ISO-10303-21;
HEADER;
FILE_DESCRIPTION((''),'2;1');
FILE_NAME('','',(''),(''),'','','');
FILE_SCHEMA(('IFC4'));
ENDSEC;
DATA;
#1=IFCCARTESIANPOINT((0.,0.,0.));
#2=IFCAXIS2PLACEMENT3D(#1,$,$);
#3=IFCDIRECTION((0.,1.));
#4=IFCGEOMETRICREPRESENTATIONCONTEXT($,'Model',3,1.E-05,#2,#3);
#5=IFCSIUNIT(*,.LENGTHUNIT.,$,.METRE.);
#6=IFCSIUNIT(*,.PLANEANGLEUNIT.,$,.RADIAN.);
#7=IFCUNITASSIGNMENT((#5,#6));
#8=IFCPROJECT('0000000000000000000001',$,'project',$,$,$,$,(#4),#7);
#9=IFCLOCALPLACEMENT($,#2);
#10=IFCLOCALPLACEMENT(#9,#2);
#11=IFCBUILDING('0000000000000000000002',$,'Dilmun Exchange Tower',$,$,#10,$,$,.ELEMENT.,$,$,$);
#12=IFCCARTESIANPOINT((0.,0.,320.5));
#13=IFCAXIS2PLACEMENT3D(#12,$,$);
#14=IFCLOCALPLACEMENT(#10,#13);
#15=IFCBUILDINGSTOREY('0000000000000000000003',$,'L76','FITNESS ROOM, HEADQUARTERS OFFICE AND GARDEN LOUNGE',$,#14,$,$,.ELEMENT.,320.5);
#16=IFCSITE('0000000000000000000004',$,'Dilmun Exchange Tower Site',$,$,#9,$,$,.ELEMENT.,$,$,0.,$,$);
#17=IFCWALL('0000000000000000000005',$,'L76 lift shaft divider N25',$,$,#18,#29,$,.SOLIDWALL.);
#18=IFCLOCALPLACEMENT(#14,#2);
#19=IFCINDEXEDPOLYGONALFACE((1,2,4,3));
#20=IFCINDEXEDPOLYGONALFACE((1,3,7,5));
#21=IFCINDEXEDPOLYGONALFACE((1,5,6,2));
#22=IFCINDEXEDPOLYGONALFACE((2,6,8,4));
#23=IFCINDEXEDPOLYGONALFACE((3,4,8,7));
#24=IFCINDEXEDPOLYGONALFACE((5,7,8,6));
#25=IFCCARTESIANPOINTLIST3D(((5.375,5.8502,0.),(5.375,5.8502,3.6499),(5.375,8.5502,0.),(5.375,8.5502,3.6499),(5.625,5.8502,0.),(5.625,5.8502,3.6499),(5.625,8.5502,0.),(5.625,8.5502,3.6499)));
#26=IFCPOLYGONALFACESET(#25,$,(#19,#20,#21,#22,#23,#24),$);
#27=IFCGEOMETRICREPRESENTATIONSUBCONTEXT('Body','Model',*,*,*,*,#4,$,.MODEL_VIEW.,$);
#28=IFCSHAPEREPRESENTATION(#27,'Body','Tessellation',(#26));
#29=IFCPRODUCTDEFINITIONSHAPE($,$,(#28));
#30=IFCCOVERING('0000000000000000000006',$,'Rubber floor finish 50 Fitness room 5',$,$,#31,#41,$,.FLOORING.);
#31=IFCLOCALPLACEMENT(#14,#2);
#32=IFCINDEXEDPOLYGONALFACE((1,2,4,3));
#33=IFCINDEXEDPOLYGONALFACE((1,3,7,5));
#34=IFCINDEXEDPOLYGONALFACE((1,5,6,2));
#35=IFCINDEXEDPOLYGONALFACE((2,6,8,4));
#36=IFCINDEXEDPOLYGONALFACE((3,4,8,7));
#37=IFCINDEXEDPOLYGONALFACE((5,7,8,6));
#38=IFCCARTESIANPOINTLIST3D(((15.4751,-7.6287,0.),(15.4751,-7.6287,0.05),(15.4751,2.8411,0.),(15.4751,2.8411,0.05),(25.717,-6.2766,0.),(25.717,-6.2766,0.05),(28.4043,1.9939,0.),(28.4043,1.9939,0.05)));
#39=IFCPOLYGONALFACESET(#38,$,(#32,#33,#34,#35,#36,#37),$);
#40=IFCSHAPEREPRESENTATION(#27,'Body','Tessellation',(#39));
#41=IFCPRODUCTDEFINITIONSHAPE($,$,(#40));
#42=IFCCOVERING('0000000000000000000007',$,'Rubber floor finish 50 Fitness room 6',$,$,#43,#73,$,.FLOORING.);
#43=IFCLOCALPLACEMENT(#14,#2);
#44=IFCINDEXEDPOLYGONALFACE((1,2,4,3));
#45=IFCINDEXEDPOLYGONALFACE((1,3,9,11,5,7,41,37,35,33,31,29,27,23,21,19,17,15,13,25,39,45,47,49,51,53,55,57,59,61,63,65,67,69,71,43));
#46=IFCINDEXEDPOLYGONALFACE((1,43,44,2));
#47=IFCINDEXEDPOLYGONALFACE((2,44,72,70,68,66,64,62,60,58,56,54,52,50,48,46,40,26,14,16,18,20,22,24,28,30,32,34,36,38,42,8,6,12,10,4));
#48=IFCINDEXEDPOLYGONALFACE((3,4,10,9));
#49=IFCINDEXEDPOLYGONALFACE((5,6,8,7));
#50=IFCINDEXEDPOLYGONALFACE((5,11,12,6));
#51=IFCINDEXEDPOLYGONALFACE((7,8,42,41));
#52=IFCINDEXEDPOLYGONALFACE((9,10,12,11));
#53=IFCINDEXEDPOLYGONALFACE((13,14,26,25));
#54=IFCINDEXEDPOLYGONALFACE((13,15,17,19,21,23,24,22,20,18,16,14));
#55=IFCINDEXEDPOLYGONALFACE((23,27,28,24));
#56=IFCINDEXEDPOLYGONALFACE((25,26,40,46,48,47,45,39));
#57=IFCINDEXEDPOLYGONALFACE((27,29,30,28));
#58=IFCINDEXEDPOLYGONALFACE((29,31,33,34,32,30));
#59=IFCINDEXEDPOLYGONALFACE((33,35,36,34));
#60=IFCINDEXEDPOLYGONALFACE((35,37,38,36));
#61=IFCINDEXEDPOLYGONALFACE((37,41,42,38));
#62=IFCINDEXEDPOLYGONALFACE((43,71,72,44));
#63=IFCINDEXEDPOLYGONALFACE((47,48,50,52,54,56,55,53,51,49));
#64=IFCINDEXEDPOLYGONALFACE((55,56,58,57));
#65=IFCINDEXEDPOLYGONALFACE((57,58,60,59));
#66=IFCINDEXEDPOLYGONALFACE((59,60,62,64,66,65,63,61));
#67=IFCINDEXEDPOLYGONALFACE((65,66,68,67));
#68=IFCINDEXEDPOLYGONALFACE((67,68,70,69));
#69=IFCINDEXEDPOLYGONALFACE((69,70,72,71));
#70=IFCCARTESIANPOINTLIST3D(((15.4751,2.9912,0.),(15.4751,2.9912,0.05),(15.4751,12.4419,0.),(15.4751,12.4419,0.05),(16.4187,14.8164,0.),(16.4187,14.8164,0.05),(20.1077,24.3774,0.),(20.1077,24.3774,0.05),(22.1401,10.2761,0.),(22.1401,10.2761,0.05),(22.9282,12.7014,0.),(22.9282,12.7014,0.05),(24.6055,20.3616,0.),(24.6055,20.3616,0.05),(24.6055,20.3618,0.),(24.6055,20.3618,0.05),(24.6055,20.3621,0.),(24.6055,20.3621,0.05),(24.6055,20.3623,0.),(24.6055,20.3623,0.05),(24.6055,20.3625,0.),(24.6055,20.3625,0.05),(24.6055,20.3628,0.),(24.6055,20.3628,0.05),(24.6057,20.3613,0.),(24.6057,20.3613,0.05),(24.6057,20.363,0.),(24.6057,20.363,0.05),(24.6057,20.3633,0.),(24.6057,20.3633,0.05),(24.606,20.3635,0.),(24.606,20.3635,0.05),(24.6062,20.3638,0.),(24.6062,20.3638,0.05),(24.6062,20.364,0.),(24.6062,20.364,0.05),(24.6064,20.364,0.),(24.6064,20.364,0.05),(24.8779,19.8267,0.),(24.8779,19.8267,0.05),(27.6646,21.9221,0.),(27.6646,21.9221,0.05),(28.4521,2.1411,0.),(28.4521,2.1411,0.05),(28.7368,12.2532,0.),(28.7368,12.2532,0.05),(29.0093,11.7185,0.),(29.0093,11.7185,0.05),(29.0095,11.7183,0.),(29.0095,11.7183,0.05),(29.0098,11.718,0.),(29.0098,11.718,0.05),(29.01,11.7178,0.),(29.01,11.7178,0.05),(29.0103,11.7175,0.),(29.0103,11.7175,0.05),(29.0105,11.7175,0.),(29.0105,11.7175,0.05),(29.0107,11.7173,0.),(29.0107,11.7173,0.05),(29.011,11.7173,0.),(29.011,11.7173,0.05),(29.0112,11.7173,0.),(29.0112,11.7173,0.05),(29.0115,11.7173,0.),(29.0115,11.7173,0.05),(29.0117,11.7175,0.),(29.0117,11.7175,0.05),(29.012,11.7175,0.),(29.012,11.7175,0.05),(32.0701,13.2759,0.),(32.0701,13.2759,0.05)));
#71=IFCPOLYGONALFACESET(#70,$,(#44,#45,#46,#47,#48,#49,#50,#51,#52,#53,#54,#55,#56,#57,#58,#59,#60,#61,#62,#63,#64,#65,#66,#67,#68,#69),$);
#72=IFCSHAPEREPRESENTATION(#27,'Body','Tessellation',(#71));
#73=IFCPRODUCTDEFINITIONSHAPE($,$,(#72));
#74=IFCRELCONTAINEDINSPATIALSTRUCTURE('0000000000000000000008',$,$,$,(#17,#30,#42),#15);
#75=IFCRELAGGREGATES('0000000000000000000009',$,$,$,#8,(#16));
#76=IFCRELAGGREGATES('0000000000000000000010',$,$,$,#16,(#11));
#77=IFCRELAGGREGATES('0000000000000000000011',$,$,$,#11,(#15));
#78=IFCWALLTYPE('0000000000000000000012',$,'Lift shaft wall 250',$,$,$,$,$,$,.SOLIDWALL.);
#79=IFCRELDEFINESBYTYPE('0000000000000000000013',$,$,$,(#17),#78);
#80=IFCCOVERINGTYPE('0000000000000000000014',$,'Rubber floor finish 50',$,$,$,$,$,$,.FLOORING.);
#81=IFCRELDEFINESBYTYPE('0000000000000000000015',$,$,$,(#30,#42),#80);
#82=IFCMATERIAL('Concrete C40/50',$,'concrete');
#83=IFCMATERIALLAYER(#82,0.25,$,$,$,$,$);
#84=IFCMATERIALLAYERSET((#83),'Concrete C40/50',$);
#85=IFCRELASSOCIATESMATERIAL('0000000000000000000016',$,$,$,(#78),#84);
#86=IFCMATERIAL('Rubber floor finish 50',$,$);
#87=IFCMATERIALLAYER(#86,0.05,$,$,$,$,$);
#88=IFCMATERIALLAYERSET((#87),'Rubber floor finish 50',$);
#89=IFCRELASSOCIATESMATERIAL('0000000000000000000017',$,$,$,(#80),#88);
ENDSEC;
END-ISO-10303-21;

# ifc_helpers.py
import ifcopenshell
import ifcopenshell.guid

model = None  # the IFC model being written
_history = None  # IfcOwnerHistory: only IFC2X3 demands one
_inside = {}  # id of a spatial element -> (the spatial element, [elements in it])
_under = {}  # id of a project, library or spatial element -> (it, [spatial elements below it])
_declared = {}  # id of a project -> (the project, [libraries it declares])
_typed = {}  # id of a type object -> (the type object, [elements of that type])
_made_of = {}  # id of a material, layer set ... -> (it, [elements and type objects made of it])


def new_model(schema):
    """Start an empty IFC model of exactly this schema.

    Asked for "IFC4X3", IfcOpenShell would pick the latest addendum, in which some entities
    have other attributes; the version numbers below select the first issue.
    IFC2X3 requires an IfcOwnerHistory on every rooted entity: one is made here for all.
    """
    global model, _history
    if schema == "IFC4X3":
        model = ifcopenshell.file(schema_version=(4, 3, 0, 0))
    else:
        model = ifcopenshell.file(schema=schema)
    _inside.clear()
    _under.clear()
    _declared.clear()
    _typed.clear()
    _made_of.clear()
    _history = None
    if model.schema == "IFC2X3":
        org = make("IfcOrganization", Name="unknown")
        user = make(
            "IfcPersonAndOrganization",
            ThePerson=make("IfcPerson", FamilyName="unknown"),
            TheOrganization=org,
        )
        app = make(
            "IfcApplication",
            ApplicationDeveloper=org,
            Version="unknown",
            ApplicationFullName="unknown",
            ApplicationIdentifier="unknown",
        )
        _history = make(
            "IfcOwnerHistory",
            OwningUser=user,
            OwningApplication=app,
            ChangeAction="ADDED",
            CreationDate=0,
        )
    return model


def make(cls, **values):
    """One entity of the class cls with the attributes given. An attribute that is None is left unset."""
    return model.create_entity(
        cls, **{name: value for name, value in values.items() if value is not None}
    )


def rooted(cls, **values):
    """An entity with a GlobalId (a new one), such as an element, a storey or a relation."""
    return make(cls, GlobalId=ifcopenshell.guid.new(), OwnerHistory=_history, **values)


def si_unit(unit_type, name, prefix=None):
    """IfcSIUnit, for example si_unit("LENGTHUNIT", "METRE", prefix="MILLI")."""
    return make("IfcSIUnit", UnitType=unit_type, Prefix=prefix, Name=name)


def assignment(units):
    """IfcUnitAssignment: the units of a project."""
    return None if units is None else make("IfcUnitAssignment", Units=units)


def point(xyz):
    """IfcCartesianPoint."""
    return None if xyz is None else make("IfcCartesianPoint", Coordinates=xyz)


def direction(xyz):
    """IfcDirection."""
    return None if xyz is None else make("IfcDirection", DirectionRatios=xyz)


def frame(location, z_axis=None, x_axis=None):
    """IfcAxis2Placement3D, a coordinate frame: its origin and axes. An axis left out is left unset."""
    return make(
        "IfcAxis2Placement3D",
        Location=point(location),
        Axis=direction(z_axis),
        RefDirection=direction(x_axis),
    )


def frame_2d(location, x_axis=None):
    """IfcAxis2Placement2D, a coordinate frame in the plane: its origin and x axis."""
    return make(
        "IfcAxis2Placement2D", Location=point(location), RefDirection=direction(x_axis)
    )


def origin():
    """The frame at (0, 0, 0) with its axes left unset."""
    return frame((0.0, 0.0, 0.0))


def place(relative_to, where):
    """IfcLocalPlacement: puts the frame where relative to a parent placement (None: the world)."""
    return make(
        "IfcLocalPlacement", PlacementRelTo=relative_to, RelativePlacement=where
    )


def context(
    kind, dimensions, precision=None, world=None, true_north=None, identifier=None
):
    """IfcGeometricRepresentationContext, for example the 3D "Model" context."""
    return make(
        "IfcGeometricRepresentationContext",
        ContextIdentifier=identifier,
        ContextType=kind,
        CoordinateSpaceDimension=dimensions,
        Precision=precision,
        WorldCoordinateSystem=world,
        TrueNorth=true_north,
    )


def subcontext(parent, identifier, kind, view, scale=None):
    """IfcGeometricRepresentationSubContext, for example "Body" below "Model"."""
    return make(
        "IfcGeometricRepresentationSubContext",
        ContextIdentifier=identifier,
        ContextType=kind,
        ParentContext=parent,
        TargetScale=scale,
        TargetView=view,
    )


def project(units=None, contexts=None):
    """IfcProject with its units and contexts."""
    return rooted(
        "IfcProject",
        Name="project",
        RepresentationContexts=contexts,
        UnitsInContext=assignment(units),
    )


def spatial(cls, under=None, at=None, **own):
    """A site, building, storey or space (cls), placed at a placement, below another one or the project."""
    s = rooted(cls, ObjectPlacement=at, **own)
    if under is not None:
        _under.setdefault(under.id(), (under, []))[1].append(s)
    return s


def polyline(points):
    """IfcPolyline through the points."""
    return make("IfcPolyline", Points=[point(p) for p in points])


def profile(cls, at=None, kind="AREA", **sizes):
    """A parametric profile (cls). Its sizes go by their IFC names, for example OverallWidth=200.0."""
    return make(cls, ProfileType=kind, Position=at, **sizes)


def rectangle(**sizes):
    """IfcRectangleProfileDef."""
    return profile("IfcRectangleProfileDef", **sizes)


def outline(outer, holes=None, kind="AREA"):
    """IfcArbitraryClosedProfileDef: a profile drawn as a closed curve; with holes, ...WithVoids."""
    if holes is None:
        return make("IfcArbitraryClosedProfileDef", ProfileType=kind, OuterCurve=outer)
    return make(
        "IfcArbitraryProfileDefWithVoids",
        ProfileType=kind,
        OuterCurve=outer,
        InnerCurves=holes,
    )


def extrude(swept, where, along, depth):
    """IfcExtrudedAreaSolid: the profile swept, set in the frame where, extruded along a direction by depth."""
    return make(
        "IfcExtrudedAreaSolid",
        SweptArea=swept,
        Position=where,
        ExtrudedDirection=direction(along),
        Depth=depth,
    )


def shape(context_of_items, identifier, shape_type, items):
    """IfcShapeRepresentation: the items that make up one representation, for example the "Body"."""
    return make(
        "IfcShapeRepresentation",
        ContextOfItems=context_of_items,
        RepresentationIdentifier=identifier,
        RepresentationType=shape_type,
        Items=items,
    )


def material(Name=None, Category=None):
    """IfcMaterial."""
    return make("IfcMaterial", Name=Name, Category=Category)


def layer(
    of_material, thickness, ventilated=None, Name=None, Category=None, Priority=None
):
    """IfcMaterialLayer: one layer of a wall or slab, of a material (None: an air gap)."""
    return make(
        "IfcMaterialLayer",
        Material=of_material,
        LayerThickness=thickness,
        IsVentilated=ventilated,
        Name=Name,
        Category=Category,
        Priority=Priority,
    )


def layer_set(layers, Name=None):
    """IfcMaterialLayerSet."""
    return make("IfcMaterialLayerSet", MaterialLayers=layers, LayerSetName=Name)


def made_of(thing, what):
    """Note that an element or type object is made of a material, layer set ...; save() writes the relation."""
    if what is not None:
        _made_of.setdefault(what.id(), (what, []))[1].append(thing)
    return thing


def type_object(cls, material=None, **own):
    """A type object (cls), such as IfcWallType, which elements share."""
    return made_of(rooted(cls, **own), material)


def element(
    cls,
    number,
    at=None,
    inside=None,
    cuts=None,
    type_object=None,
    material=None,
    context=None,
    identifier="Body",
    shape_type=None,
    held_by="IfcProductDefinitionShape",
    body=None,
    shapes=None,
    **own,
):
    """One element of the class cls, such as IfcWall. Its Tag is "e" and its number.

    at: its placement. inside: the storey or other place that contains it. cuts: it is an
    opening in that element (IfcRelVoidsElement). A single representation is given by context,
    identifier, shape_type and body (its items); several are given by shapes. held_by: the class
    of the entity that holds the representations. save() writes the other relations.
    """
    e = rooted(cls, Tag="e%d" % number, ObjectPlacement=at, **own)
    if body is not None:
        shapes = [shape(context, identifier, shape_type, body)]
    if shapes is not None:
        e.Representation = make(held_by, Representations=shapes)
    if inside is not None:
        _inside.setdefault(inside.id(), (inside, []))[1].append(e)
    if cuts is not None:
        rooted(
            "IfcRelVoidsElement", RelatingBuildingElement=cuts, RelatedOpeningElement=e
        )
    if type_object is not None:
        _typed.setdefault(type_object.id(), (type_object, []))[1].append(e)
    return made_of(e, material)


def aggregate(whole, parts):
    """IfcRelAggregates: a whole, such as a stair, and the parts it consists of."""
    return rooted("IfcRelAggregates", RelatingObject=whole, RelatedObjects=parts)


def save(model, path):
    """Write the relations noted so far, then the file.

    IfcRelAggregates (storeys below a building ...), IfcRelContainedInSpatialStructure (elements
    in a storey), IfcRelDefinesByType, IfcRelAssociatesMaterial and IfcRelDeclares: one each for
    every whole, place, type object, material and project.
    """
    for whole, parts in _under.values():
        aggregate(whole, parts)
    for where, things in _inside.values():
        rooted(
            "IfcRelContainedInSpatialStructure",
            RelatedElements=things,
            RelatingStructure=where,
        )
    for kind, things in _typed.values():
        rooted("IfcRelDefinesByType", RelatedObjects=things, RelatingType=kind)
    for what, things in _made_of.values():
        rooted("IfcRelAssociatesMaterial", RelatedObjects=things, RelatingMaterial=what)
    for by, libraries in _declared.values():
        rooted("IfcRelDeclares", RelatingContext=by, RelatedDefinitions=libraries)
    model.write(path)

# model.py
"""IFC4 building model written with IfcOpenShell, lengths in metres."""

from ifc_helpers import new_model, si_unit, direction, frame, frame_2d, origin, place, context, subcontext, project, spatial, polyline, rectangle, outline, extrude, material, layer, layer_set, type_object, element, save


model = new_model("IFC4")

# Units and contexts
model_context = context("Model", 3, precision=1e-05, world=origin(), true_north=direction((0.0, 1.0)))
body_context = subcontext(model_context, "Body", "Model", "MODEL_VIEW")
ifc_project = project(units=[si_unit("LENGTHUNIT", "METRE"), si_unit("PLANEANGLEUNIT", "RADIAN")], contexts=[model_context])

# Site, building, storey
site_placement = place(None, origin())
site = spatial("IfcSite", under=ifc_project, at=site_placement, Name="Dilmun Exchange Tower Site", CompositionType="ELEMENT", RefElevation=0.0)
building_placement = place(site_placement, origin())
building = spatial("IfcBuilding", under=site, at=building_placement, Name="Dilmun Exchange Tower", CompositionType="ELEMENT")
storey_placement = place(building_placement, frame((0.0, 0.0, 320.5)))
storey = spatial("IfcBuildingStorey", under=building, at=storey_placement, Name="L76", Description="FITNESS ROOM, HEADQUARTERS OFFICE AND GARDEN LOUNGE", CompositionType="ELEMENT", Elevation=320.5)

# Shared definitions
ifc_material_1 = material(Name="Concrete C40/50", Category="concrete")

# Shared definitions
ifc_layer_1 = layer(ifc_material_1, 0.25)
ifc_layer_set_1 = layer_set([ifc_layer_1], Name="Concrete C40/50")
wall_type_1 = type_object("IfcWallType", Name="Lift shaft wall 250", PredefinedType="SOLIDWALL", material=ifc_layer_set_1)

# Wall
for number, where, z_axis, x_axis, name in (
    (1, (5.5, 5.8501, 0.0), (0.0, 0.0, 1.0), (0.0, 1.0, 0.0), "L76 lift shaft divider N25"),
):
    element("IfcWall", number, at=place(storey_placement, frame(where, z_axis=z_axis, x_axis=x_axis)), inside=storey, type_object=wall_type_1, Name=name, PredefinedType="SOLIDWALL", context=body_context, shape_type="SweptSolid", body=[
        extrude(rectangle(XDim=2.7, YDim=0.25, at=frame_2d((1.3501, 0.0))), origin(), (0.0, 0.0, 1.0), 3.6499),
    ])

# Coverings
ifc_material_2 = material(Name="Rubber floor finish 50")
ifc_layer_2 = layer(ifc_material_2, 0.05)
ifc_layer_set_2 = layer_set([ifc_layer_2], Name="Rubber floor finish 50")
covering_type = type_object("IfcCoveringType", Name="Rubber floor finish 50", PredefinedType="FLOORING", material=ifc_layer_set_2)
covering_1_placement = place(storey_placement, origin())
element("IfcCovering", 2, at=covering_1_placement, inside=storey, type_object=covering_type, Name="Rubber floor finish 50 Fitness room 5", PredefinedType="FLOORING", context=body_context, shape_type="SweptSolid", body=[
    extrude(outline(polyline([(15.4751, 2.8411), (28.4043, 1.9939), (25.717, -6.2766), (15.4751, -7.6287), (15.4751, 2.8411)])), origin(), (0.0, 0.0, 1.0), 0.05),
])
covering_2_placement = place(storey_placement, origin())
element("IfcCovering", 3, at=covering_2_placement, inside=storey, type_object=covering_type, Name="Rubber floor finish 50 Fitness room 6", PredefinedType="FLOORING", context=body_context, shape_type="SweptSolid", body=[
    extrude(outline(polyline([(22.9282, 12.7014), (16.4187, 14.8164), (20.1077, 24.3774), (27.6646, 21.9221), (24.6064, 20.364), (24.6062, 20.364), (24.6062, 20.3638), (24.606, 20.3635), (24.606, 20.3635), (24.6057, 20.3633), (24.6057, 20.3633), (24.6057, 20.363), (24.6055, 20.3628), (24.6055, 20.3625), (24.6055, 20.3623), (24.6055, 20.3623), (24.6055, 20.3621), (24.6055, 20.3618), (24.6055, 20.3618), (24.6055, 20.3616), (24.6057, 20.3613), (24.8779, 19.8267), (24.8779, 19.8267), (28.7368, 12.2532), (28.7368, 12.2532), (29.0093, 11.7185), (29.0095, 11.7183), (29.0095, 11.7183), (29.0098, 11.718), (29.0098, 11.718), (29.01, 11.7178), (29.01, 11.7178), (29.0103, 11.7175), (29.0105, 11.7175), (29.0107, 11.7173), (29.011, 11.7173), (29.011, 11.7173), (29.0112, 11.7173), (29.0115, 11.7173), (29.0117, 11.7175), (29.0117, 11.7175), (29.012, 11.7175), (32.0701, 13.2759), (28.4521, 2.1411), (15.4751, 2.9912), (15.4751, 12.4419), (22.1401, 10.2761), (22.9282, 12.7014)])), origin(), (0.0, 0.0, 1.0), 0.05),
])

save(model, "model.ifc")
